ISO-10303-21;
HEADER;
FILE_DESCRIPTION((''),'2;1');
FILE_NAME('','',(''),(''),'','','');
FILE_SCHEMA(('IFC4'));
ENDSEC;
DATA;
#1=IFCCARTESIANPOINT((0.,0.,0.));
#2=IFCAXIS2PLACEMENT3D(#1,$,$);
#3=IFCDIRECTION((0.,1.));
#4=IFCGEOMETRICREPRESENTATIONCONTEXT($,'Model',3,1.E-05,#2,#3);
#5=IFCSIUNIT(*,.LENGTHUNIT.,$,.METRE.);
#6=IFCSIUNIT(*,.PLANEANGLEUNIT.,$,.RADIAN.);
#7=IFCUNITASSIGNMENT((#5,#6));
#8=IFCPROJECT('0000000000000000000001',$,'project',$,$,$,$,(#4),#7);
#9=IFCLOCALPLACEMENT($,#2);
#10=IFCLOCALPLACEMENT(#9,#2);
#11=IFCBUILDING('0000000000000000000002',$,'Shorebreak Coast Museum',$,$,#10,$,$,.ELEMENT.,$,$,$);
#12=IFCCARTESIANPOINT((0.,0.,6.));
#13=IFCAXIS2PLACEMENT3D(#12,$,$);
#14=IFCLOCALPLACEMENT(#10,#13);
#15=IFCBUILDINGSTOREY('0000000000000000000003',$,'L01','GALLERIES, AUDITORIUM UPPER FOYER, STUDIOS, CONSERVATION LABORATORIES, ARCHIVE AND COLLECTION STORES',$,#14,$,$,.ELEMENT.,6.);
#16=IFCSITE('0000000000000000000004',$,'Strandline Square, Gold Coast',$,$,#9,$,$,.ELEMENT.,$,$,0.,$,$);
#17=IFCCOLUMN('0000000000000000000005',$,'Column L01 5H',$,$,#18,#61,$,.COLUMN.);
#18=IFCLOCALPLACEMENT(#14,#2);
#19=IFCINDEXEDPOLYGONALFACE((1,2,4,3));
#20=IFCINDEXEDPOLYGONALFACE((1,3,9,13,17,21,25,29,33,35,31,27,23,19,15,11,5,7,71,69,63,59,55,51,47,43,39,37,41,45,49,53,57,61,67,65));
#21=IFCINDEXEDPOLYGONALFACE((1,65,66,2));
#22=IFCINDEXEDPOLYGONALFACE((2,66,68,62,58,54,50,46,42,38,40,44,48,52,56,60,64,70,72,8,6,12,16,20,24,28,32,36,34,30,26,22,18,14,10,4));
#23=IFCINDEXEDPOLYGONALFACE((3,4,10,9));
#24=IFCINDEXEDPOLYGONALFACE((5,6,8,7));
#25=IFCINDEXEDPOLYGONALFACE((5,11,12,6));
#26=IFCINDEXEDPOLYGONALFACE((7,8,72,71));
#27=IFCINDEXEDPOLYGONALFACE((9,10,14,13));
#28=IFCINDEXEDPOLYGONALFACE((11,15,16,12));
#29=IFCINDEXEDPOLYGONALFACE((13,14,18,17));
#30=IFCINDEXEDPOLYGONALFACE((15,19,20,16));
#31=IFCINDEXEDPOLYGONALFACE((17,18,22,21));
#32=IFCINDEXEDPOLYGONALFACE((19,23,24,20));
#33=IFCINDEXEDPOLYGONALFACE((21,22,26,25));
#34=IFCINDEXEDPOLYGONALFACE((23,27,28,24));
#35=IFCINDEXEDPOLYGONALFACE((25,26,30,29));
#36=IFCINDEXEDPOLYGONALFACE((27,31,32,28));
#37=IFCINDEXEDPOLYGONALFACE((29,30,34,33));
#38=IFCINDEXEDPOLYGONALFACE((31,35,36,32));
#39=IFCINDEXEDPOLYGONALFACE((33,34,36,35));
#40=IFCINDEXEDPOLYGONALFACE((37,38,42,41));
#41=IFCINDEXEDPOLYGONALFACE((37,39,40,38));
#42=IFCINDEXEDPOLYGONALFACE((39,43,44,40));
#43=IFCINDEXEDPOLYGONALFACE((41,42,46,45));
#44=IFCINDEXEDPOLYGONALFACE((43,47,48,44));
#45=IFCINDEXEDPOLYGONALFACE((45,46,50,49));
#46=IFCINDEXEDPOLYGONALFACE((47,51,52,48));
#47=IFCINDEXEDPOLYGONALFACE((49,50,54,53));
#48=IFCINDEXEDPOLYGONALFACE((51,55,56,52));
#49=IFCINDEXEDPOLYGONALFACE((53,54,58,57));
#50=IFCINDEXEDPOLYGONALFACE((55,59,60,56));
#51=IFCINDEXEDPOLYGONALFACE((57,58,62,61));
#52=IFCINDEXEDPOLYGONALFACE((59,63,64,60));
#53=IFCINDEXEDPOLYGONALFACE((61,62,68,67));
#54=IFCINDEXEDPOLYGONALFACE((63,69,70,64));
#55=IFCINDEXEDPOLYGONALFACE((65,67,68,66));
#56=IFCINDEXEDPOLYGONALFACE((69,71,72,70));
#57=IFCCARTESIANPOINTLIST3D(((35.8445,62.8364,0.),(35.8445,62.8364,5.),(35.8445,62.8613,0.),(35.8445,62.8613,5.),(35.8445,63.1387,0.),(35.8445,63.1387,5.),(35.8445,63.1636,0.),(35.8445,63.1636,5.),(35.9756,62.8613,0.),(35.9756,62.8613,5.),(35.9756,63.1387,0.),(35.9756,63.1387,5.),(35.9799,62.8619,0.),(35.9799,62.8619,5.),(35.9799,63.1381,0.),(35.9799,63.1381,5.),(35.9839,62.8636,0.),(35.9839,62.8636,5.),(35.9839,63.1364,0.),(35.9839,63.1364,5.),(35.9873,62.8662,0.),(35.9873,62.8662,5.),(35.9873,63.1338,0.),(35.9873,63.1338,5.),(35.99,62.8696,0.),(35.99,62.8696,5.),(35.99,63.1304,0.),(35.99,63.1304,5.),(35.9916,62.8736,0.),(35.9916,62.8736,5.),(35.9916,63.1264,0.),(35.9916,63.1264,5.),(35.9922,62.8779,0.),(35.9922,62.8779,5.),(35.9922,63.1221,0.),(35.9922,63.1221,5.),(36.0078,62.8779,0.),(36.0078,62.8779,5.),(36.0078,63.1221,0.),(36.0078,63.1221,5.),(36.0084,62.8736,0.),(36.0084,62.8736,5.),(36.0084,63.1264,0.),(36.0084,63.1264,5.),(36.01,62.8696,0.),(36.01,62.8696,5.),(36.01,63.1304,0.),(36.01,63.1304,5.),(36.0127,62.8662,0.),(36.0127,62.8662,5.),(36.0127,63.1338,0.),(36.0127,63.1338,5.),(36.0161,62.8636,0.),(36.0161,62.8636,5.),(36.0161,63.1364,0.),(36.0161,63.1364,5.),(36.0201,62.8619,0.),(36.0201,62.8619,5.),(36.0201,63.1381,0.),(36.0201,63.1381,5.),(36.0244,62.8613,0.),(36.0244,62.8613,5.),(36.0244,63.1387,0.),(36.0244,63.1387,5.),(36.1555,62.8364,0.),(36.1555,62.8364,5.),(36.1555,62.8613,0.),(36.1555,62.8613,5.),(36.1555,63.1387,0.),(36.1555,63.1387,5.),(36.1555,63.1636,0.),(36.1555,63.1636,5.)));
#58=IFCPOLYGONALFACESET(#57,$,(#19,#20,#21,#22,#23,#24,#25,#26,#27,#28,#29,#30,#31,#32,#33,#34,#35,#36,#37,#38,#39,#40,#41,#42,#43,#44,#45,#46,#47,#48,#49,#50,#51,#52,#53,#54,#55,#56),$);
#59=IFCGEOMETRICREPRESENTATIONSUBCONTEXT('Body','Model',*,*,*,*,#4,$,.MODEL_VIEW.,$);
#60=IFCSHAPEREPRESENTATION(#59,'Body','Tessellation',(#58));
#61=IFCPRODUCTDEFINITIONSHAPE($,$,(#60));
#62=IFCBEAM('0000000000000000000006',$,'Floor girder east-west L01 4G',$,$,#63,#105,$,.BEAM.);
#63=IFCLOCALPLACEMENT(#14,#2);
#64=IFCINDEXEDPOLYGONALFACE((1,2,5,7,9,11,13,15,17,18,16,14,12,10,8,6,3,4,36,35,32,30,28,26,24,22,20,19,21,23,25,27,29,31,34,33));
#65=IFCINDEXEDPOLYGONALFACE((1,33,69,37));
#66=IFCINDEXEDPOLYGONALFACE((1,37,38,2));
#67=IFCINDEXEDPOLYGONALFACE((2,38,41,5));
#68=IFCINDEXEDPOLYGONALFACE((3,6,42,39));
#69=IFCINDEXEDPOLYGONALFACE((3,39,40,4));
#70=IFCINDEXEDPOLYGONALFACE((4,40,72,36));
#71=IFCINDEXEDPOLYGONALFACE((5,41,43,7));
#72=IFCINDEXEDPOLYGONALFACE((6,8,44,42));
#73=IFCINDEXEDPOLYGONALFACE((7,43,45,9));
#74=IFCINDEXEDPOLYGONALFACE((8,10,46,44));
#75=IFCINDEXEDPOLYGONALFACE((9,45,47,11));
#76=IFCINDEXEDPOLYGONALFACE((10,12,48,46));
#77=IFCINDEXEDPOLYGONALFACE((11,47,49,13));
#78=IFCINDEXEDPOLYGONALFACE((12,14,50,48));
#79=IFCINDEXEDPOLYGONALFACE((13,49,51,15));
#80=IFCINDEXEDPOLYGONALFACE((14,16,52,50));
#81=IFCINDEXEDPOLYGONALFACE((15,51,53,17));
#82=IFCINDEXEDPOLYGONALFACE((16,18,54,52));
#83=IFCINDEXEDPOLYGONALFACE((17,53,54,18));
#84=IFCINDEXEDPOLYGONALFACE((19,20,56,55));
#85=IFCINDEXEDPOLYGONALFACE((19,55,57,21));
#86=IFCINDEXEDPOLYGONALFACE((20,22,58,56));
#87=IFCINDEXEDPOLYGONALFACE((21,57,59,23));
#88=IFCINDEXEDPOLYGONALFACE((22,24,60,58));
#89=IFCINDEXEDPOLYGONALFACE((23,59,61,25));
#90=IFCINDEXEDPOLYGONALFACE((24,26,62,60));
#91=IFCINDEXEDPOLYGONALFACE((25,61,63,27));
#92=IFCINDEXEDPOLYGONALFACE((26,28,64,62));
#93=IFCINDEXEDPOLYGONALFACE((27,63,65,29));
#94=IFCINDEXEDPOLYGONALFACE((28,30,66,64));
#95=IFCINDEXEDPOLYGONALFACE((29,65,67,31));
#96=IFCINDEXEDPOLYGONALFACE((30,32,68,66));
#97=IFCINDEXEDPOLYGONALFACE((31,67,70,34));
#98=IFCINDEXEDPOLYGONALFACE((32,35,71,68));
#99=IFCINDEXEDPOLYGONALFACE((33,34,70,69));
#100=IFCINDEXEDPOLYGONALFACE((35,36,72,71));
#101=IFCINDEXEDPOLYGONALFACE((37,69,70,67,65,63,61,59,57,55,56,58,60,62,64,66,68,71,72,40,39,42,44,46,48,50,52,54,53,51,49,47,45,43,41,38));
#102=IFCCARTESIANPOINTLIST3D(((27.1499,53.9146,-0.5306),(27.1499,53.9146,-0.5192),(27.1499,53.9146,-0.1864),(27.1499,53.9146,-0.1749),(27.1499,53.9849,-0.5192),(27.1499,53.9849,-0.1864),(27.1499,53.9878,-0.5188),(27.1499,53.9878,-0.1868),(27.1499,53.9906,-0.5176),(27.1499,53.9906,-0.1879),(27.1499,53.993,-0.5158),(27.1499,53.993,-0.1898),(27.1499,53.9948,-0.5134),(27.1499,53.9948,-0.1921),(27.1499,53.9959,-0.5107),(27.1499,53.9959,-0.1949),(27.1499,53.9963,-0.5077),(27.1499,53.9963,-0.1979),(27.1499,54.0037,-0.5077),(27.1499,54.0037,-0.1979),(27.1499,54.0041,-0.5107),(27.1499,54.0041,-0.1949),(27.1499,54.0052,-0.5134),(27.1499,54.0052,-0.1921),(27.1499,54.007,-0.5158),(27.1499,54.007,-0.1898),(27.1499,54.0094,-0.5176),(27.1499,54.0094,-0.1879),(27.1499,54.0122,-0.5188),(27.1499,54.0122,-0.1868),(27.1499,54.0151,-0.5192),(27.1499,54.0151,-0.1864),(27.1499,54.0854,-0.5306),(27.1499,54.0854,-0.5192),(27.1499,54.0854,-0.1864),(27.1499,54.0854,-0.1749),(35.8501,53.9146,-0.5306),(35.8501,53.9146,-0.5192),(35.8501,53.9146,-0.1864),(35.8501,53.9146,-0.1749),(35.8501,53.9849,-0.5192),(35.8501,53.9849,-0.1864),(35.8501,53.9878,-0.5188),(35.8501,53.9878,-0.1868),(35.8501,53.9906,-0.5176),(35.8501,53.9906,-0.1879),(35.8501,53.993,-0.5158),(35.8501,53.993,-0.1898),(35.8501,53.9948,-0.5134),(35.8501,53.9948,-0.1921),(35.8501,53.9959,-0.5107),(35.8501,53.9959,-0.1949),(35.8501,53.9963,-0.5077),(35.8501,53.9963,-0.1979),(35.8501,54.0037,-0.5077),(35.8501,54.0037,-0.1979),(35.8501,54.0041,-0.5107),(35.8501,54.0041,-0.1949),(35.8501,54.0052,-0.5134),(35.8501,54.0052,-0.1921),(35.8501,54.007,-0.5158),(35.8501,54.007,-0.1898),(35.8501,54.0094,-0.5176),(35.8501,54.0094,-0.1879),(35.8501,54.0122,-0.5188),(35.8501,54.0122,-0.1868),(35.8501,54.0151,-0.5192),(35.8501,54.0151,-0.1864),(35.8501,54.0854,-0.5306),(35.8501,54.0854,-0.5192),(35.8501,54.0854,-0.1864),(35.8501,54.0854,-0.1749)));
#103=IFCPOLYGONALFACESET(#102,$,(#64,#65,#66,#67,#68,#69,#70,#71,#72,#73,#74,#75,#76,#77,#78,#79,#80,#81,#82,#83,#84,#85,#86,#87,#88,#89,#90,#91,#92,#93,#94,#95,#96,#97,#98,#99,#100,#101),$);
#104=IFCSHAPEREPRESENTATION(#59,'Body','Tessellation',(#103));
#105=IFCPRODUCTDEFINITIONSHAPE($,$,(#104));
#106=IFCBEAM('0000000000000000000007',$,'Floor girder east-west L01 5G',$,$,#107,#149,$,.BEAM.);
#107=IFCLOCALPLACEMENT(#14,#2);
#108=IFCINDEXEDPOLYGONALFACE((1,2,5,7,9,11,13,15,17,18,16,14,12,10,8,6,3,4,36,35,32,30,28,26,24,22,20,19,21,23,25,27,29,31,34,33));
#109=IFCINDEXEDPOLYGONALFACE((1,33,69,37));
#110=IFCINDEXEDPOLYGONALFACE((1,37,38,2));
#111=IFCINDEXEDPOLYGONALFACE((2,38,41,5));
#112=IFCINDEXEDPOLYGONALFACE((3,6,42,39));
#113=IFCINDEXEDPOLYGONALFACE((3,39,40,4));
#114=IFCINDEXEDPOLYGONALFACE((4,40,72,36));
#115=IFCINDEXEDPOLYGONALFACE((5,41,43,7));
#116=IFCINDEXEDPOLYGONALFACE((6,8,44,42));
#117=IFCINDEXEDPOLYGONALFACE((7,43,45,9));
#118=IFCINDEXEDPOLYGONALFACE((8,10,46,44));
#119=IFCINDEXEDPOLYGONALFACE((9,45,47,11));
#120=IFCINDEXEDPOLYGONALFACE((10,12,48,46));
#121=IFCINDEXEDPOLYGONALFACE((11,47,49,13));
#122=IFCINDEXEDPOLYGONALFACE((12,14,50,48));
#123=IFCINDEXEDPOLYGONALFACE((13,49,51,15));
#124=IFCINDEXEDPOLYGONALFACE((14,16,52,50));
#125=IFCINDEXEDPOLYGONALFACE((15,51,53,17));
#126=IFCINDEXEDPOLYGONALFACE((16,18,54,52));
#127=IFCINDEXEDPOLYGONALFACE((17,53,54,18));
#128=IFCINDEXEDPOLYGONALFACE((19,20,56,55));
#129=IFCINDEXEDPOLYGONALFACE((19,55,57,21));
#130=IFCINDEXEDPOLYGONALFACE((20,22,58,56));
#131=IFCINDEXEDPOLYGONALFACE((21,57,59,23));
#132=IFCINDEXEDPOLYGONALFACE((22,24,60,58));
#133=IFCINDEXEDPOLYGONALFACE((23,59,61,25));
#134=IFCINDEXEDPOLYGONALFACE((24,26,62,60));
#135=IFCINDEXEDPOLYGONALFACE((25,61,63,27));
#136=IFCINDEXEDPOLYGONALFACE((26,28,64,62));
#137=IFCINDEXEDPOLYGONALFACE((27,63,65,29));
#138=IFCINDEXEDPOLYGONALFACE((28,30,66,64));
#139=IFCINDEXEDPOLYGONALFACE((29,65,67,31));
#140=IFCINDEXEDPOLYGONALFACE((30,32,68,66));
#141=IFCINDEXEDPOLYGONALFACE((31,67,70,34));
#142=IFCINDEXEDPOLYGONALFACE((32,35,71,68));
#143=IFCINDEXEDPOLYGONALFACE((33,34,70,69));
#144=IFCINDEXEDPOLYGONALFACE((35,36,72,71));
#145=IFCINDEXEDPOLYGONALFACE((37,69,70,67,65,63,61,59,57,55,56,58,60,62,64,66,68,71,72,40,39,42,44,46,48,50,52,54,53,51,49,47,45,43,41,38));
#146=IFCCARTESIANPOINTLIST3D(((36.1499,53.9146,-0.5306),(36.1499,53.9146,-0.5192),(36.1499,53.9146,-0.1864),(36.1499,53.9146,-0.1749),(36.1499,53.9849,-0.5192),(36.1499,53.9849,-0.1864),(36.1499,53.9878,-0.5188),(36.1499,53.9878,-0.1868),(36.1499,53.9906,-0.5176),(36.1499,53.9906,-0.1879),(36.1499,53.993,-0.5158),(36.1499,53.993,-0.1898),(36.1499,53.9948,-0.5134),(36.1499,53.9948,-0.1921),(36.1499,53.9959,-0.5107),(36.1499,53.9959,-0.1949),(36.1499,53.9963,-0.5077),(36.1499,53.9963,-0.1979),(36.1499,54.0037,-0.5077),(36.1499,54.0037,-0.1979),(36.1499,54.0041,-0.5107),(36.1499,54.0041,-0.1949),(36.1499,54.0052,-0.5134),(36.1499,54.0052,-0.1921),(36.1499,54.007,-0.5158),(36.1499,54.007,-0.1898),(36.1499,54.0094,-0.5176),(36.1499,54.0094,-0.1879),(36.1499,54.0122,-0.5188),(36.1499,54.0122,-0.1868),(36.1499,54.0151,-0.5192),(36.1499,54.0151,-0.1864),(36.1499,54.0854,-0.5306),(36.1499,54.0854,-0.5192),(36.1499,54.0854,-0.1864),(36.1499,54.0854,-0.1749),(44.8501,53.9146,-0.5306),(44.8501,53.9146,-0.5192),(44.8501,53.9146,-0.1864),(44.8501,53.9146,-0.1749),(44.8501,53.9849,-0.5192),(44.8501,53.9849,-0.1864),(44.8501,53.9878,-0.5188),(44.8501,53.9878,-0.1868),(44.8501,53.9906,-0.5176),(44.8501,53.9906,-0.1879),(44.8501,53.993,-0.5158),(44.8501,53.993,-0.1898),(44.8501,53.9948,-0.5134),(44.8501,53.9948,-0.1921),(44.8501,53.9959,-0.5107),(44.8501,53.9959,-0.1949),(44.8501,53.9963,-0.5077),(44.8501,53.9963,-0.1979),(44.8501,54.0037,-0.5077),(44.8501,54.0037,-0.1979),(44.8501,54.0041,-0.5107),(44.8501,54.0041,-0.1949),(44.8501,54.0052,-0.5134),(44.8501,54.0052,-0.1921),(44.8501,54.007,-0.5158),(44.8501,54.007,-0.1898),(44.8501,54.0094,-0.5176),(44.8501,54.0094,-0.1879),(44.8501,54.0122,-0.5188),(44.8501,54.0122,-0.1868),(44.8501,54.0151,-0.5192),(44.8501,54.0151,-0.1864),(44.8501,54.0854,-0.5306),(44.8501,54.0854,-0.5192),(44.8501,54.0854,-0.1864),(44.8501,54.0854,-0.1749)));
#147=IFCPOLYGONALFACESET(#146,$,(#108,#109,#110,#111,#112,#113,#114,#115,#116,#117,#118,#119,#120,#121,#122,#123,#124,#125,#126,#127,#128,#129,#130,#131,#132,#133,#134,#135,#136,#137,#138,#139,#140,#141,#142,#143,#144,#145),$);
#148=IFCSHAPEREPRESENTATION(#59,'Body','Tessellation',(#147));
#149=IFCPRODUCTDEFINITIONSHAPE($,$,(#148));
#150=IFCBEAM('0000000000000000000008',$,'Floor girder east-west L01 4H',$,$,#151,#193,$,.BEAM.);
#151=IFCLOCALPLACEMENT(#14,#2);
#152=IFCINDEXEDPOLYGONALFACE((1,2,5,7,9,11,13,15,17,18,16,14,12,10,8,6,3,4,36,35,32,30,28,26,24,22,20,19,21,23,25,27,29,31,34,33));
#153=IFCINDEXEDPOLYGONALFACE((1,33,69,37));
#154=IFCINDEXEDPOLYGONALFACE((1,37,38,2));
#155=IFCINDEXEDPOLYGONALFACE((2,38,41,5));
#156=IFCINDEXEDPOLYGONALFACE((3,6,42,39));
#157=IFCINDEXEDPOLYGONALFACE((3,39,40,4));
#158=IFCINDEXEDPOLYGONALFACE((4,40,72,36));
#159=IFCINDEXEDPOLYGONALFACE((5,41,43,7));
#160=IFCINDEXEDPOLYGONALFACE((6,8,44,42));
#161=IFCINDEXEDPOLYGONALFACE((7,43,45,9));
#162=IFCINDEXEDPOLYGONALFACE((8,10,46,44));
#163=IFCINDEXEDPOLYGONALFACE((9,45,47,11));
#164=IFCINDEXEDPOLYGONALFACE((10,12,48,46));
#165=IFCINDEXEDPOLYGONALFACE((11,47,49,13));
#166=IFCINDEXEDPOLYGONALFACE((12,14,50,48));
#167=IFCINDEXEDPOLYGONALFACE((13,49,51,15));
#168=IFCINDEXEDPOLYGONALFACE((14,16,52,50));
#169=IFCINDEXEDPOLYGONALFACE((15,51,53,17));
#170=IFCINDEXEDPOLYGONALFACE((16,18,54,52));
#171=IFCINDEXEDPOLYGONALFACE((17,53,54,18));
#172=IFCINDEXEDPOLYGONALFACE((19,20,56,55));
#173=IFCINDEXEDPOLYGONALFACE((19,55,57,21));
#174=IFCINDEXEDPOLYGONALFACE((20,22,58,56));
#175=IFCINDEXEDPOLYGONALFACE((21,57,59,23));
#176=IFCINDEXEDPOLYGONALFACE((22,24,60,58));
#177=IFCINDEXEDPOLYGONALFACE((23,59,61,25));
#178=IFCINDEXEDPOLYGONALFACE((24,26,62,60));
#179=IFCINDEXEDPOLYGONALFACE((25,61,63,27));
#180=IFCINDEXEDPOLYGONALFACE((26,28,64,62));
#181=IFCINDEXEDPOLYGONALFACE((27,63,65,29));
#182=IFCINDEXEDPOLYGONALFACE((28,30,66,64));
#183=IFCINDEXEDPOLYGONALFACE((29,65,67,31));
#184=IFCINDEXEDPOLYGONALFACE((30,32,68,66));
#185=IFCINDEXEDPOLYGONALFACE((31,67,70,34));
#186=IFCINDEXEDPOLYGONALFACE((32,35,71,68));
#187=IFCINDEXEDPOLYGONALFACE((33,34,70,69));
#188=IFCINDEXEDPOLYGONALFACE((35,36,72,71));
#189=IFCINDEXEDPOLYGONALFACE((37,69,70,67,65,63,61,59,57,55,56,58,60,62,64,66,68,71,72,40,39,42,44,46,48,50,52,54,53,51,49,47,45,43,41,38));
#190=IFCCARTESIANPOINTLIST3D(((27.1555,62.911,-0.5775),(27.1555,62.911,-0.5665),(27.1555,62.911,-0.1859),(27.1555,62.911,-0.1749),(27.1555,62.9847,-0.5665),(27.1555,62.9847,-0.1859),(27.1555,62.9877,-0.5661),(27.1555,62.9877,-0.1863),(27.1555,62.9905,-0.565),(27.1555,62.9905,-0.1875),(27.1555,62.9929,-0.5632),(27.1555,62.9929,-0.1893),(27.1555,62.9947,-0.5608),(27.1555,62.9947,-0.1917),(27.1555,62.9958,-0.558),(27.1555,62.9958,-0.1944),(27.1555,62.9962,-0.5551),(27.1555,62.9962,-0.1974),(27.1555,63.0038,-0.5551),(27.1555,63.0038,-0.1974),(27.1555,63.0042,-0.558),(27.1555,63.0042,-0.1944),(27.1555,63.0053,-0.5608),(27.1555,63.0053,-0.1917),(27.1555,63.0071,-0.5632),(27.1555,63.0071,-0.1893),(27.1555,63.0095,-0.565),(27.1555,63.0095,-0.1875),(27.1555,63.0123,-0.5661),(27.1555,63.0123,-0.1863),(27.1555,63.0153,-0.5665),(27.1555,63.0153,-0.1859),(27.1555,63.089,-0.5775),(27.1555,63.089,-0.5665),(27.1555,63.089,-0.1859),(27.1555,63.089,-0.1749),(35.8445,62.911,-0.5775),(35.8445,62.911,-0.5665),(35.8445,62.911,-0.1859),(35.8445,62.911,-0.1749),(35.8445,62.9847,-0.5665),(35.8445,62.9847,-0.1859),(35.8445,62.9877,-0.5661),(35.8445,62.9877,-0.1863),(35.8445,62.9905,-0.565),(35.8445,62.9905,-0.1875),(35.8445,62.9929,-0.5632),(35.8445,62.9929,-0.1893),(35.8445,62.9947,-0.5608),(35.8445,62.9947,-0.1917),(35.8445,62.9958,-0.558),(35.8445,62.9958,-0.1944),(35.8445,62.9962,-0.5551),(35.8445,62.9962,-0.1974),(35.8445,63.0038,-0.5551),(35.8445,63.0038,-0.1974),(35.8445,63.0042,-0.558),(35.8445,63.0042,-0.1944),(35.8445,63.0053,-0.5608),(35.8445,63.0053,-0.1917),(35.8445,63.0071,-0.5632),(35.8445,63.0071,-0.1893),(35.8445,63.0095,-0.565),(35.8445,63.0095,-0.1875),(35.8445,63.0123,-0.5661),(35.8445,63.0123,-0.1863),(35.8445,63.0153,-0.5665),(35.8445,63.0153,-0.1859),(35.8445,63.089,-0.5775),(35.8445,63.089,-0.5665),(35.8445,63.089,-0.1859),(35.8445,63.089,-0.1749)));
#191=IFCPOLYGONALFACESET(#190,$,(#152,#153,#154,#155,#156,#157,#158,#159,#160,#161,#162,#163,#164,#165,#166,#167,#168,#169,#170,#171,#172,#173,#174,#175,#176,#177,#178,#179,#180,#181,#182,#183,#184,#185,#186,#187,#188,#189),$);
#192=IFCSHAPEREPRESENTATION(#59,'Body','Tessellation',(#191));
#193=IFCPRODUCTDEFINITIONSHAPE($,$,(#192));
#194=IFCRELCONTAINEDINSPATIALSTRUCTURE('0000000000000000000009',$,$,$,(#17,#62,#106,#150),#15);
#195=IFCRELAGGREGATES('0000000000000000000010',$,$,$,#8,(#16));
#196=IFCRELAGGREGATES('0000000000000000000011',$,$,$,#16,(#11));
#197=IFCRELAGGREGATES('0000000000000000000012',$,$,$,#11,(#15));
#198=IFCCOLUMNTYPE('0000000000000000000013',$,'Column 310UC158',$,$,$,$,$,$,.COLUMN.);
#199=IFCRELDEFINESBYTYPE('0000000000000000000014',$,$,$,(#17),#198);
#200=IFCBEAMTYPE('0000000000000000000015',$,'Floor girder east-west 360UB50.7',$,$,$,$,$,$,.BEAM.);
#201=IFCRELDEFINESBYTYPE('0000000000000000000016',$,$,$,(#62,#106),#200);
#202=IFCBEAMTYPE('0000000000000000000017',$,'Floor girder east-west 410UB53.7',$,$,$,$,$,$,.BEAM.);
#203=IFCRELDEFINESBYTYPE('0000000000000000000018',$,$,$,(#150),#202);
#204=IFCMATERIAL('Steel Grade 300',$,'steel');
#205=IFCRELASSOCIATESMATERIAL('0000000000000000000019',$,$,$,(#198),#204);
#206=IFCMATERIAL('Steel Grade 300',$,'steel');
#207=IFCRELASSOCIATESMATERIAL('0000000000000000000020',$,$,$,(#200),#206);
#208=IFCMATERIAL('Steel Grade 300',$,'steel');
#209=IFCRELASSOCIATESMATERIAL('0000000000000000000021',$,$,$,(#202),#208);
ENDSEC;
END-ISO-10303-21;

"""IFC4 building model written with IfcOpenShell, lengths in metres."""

from ifc_helpers import new_model, si_unit, direction, frame, origin, origin_2d, place, context, subcontext, project, spatial, i_section, extrude, material, material_profile, profile_set, type_object, element, save


model = new_model("IFC4")

# Units and contexts
model_context = context("Model", 3, precision=1e-05, world=origin(), true_north=direction((0.0, 1.0)))
body_context = subcontext(model_context, "Body", "Model", "MODEL_VIEW")
ifc_project = project(units=[si_unit("LENGTHUNIT", "METRE"), si_unit("PLANEANGLEUNIT", "RADIAN")], contexts=[model_context])

# Site, building, storey
site_placement = place(None, origin())
site = spatial("IfcSite", under=ifc_project, at=site_placement, Name="Strandline Square, Gold Coast", CompositionType="ELEMENT", RefElevation=0.0)
building_placement = place(site_placement, origin())
building = spatial("IfcBuilding", under=site, at=building_placement, Name="Shorebreak Coast Museum", CompositionType="ELEMENT")
storey_placement = place(building_placement, frame((0.0, 0.0, 6.0)))
storey = spatial("IfcBuildingStorey", under=building, at=storey_placement, Name="L01", Description="GALLERIES, AUDITORIUM UPPER FOYER, STUDIOS, CONSERVATION LABORATORIES, ARCHIVE AND COLLECTION STORES", CompositionType="ELEMENT", Elevation=6.0)

# Column
ifc_material_1 = material(Name="Steel Grade 300", Category="steel")
ifc_material_profile_1 = material_profile(ifc_material_1, i_section(OverallWidth=0.311, OverallDepth=0.3271, WebThickness=0.0156, FlangeThickness=0.0249, FilletRadius=0.0166, at=origin_2d()), Name="310UC158")
ifc_profile_set_1 = profile_set([ifc_material_profile_1], Name="Steel Grade 300")
column_type_1 = type_object("IfcColumnType", Name="Column 310UC158", PredefinedType="COLUMN", material=ifc_profile_set_1)
for number, where, z_axis, x_axis, name in (
    (1, (36.0, 63.0, 0.0), (0.0, 0.0, 1.0), (1.0, 0.0, 0.0), "Column L01 5H"),
):
    element("IfcColumn", number, at=place(storey_placement, frame(where, z_axis=z_axis, x_axis=x_axis)), inside=storey, type_object=column_type_1, Name=name, PredefinedType="COLUMN", context=body_context, shape_type="SweptSolid", body=[
        extrude(i_section(OverallWidth=0.311, OverallDepth=0.3271, WebThickness=0.0156, FlangeThickness=0.0249, FilletRadius=0.0166, at=origin_2d()), origin(), (0.0, 0.0, 1.0), 5.0),
    ])

# Beams
ifc_material_2 = material(Name="Steel Grade 300", Category="steel")
ifc_material_profile_2 = material_profile(ifc_material_2, i_section(OverallWidth=0.1709, OverallDepth=0.3557, WebThickness=0.0073, FlangeThickness=0.0115, FilletRadius=0.0115, at=origin_2d()), Name="360UB50.7")
ifc_profile_set_2 = profile_set([ifc_material_profile_2], Name="Steel Grade 300")
beam_type_1 = type_object("IfcBeamType", Name="Floor girder east-west 360UB50.7", PredefinedType="BEAM", material=ifc_profile_set_2)
for number, where, z_axis, x_axis, name in (
    (2, (27.1499, 54.0, -0.3528), (1.0, 0.0, 0.0), (0.0, 1.0, 0.0), "Floor girder east-west L01 4G"),
    (3, (36.1499, 54.0, -0.3528), (1.0, 0.0, 0.0), (0.0, 1.0, 0.0), "Floor girder east-west L01 5G"),
):
    element("IfcBeam", number, at=place(storey_placement, frame(where, z_axis=z_axis, x_axis=x_axis)), inside=storey, type_object=beam_type_1, Name=name, PredefinedType="BEAM", context=body_context, shape_type="SweptSolid", body=[
        extrude(i_section(OverallWidth=0.1709, OverallDepth=0.3557, WebThickness=0.0073, FlangeThickness=0.0115, FilletRadius=0.0115, at=origin_2d()), origin(), (0.0, 0.0, 1.0), 8.7002),
    ])
ifc_material_3 = material(Name="Steel Grade 300", Category="steel")
ifc_material_profile_3 = material_profile(ifc_material_3, i_section(OverallWidth=0.178, OverallDepth=0.4026, WebThickness=0.0076, FlangeThickness=0.011, FilletRadius=0.0115, at=origin_2d()), Name="410UB53.7")
ifc_profile_set_3 = profile_set([ifc_material_profile_3], Name="Steel Grade 300")
beam_type_2 = type_object("IfcBeamType", Name="Floor girder east-west 410UB53.7", PredefinedType="BEAM", material=ifc_profile_set_3)
for number, where, z_axis, x_axis, name in (
    (4, (27.1555, 63.0, -0.3762), (1.0, 0.0, 0.0), (0.0, 1.0, 0.0), "Floor girder east-west L01 4H"),
):
    element("IfcBeam", number, at=place(storey_placement, frame(where, z_axis=z_axis, x_axis=x_axis)), inside=storey, type_object=beam_type_2, Name=name, PredefinedType="BEAM", context=body_context, shape_type="SweptSolid", body=[
        extrude(i_section(OverallWidth=0.178, OverallDepth=0.4026, WebThickness=0.0076, FlangeThickness=0.011, FilletRadius=0.0115, at=origin_2d()), origin(), (0.0, 0.0, 1.0), 8.689),
    ])

save(model, "model.ifc")
